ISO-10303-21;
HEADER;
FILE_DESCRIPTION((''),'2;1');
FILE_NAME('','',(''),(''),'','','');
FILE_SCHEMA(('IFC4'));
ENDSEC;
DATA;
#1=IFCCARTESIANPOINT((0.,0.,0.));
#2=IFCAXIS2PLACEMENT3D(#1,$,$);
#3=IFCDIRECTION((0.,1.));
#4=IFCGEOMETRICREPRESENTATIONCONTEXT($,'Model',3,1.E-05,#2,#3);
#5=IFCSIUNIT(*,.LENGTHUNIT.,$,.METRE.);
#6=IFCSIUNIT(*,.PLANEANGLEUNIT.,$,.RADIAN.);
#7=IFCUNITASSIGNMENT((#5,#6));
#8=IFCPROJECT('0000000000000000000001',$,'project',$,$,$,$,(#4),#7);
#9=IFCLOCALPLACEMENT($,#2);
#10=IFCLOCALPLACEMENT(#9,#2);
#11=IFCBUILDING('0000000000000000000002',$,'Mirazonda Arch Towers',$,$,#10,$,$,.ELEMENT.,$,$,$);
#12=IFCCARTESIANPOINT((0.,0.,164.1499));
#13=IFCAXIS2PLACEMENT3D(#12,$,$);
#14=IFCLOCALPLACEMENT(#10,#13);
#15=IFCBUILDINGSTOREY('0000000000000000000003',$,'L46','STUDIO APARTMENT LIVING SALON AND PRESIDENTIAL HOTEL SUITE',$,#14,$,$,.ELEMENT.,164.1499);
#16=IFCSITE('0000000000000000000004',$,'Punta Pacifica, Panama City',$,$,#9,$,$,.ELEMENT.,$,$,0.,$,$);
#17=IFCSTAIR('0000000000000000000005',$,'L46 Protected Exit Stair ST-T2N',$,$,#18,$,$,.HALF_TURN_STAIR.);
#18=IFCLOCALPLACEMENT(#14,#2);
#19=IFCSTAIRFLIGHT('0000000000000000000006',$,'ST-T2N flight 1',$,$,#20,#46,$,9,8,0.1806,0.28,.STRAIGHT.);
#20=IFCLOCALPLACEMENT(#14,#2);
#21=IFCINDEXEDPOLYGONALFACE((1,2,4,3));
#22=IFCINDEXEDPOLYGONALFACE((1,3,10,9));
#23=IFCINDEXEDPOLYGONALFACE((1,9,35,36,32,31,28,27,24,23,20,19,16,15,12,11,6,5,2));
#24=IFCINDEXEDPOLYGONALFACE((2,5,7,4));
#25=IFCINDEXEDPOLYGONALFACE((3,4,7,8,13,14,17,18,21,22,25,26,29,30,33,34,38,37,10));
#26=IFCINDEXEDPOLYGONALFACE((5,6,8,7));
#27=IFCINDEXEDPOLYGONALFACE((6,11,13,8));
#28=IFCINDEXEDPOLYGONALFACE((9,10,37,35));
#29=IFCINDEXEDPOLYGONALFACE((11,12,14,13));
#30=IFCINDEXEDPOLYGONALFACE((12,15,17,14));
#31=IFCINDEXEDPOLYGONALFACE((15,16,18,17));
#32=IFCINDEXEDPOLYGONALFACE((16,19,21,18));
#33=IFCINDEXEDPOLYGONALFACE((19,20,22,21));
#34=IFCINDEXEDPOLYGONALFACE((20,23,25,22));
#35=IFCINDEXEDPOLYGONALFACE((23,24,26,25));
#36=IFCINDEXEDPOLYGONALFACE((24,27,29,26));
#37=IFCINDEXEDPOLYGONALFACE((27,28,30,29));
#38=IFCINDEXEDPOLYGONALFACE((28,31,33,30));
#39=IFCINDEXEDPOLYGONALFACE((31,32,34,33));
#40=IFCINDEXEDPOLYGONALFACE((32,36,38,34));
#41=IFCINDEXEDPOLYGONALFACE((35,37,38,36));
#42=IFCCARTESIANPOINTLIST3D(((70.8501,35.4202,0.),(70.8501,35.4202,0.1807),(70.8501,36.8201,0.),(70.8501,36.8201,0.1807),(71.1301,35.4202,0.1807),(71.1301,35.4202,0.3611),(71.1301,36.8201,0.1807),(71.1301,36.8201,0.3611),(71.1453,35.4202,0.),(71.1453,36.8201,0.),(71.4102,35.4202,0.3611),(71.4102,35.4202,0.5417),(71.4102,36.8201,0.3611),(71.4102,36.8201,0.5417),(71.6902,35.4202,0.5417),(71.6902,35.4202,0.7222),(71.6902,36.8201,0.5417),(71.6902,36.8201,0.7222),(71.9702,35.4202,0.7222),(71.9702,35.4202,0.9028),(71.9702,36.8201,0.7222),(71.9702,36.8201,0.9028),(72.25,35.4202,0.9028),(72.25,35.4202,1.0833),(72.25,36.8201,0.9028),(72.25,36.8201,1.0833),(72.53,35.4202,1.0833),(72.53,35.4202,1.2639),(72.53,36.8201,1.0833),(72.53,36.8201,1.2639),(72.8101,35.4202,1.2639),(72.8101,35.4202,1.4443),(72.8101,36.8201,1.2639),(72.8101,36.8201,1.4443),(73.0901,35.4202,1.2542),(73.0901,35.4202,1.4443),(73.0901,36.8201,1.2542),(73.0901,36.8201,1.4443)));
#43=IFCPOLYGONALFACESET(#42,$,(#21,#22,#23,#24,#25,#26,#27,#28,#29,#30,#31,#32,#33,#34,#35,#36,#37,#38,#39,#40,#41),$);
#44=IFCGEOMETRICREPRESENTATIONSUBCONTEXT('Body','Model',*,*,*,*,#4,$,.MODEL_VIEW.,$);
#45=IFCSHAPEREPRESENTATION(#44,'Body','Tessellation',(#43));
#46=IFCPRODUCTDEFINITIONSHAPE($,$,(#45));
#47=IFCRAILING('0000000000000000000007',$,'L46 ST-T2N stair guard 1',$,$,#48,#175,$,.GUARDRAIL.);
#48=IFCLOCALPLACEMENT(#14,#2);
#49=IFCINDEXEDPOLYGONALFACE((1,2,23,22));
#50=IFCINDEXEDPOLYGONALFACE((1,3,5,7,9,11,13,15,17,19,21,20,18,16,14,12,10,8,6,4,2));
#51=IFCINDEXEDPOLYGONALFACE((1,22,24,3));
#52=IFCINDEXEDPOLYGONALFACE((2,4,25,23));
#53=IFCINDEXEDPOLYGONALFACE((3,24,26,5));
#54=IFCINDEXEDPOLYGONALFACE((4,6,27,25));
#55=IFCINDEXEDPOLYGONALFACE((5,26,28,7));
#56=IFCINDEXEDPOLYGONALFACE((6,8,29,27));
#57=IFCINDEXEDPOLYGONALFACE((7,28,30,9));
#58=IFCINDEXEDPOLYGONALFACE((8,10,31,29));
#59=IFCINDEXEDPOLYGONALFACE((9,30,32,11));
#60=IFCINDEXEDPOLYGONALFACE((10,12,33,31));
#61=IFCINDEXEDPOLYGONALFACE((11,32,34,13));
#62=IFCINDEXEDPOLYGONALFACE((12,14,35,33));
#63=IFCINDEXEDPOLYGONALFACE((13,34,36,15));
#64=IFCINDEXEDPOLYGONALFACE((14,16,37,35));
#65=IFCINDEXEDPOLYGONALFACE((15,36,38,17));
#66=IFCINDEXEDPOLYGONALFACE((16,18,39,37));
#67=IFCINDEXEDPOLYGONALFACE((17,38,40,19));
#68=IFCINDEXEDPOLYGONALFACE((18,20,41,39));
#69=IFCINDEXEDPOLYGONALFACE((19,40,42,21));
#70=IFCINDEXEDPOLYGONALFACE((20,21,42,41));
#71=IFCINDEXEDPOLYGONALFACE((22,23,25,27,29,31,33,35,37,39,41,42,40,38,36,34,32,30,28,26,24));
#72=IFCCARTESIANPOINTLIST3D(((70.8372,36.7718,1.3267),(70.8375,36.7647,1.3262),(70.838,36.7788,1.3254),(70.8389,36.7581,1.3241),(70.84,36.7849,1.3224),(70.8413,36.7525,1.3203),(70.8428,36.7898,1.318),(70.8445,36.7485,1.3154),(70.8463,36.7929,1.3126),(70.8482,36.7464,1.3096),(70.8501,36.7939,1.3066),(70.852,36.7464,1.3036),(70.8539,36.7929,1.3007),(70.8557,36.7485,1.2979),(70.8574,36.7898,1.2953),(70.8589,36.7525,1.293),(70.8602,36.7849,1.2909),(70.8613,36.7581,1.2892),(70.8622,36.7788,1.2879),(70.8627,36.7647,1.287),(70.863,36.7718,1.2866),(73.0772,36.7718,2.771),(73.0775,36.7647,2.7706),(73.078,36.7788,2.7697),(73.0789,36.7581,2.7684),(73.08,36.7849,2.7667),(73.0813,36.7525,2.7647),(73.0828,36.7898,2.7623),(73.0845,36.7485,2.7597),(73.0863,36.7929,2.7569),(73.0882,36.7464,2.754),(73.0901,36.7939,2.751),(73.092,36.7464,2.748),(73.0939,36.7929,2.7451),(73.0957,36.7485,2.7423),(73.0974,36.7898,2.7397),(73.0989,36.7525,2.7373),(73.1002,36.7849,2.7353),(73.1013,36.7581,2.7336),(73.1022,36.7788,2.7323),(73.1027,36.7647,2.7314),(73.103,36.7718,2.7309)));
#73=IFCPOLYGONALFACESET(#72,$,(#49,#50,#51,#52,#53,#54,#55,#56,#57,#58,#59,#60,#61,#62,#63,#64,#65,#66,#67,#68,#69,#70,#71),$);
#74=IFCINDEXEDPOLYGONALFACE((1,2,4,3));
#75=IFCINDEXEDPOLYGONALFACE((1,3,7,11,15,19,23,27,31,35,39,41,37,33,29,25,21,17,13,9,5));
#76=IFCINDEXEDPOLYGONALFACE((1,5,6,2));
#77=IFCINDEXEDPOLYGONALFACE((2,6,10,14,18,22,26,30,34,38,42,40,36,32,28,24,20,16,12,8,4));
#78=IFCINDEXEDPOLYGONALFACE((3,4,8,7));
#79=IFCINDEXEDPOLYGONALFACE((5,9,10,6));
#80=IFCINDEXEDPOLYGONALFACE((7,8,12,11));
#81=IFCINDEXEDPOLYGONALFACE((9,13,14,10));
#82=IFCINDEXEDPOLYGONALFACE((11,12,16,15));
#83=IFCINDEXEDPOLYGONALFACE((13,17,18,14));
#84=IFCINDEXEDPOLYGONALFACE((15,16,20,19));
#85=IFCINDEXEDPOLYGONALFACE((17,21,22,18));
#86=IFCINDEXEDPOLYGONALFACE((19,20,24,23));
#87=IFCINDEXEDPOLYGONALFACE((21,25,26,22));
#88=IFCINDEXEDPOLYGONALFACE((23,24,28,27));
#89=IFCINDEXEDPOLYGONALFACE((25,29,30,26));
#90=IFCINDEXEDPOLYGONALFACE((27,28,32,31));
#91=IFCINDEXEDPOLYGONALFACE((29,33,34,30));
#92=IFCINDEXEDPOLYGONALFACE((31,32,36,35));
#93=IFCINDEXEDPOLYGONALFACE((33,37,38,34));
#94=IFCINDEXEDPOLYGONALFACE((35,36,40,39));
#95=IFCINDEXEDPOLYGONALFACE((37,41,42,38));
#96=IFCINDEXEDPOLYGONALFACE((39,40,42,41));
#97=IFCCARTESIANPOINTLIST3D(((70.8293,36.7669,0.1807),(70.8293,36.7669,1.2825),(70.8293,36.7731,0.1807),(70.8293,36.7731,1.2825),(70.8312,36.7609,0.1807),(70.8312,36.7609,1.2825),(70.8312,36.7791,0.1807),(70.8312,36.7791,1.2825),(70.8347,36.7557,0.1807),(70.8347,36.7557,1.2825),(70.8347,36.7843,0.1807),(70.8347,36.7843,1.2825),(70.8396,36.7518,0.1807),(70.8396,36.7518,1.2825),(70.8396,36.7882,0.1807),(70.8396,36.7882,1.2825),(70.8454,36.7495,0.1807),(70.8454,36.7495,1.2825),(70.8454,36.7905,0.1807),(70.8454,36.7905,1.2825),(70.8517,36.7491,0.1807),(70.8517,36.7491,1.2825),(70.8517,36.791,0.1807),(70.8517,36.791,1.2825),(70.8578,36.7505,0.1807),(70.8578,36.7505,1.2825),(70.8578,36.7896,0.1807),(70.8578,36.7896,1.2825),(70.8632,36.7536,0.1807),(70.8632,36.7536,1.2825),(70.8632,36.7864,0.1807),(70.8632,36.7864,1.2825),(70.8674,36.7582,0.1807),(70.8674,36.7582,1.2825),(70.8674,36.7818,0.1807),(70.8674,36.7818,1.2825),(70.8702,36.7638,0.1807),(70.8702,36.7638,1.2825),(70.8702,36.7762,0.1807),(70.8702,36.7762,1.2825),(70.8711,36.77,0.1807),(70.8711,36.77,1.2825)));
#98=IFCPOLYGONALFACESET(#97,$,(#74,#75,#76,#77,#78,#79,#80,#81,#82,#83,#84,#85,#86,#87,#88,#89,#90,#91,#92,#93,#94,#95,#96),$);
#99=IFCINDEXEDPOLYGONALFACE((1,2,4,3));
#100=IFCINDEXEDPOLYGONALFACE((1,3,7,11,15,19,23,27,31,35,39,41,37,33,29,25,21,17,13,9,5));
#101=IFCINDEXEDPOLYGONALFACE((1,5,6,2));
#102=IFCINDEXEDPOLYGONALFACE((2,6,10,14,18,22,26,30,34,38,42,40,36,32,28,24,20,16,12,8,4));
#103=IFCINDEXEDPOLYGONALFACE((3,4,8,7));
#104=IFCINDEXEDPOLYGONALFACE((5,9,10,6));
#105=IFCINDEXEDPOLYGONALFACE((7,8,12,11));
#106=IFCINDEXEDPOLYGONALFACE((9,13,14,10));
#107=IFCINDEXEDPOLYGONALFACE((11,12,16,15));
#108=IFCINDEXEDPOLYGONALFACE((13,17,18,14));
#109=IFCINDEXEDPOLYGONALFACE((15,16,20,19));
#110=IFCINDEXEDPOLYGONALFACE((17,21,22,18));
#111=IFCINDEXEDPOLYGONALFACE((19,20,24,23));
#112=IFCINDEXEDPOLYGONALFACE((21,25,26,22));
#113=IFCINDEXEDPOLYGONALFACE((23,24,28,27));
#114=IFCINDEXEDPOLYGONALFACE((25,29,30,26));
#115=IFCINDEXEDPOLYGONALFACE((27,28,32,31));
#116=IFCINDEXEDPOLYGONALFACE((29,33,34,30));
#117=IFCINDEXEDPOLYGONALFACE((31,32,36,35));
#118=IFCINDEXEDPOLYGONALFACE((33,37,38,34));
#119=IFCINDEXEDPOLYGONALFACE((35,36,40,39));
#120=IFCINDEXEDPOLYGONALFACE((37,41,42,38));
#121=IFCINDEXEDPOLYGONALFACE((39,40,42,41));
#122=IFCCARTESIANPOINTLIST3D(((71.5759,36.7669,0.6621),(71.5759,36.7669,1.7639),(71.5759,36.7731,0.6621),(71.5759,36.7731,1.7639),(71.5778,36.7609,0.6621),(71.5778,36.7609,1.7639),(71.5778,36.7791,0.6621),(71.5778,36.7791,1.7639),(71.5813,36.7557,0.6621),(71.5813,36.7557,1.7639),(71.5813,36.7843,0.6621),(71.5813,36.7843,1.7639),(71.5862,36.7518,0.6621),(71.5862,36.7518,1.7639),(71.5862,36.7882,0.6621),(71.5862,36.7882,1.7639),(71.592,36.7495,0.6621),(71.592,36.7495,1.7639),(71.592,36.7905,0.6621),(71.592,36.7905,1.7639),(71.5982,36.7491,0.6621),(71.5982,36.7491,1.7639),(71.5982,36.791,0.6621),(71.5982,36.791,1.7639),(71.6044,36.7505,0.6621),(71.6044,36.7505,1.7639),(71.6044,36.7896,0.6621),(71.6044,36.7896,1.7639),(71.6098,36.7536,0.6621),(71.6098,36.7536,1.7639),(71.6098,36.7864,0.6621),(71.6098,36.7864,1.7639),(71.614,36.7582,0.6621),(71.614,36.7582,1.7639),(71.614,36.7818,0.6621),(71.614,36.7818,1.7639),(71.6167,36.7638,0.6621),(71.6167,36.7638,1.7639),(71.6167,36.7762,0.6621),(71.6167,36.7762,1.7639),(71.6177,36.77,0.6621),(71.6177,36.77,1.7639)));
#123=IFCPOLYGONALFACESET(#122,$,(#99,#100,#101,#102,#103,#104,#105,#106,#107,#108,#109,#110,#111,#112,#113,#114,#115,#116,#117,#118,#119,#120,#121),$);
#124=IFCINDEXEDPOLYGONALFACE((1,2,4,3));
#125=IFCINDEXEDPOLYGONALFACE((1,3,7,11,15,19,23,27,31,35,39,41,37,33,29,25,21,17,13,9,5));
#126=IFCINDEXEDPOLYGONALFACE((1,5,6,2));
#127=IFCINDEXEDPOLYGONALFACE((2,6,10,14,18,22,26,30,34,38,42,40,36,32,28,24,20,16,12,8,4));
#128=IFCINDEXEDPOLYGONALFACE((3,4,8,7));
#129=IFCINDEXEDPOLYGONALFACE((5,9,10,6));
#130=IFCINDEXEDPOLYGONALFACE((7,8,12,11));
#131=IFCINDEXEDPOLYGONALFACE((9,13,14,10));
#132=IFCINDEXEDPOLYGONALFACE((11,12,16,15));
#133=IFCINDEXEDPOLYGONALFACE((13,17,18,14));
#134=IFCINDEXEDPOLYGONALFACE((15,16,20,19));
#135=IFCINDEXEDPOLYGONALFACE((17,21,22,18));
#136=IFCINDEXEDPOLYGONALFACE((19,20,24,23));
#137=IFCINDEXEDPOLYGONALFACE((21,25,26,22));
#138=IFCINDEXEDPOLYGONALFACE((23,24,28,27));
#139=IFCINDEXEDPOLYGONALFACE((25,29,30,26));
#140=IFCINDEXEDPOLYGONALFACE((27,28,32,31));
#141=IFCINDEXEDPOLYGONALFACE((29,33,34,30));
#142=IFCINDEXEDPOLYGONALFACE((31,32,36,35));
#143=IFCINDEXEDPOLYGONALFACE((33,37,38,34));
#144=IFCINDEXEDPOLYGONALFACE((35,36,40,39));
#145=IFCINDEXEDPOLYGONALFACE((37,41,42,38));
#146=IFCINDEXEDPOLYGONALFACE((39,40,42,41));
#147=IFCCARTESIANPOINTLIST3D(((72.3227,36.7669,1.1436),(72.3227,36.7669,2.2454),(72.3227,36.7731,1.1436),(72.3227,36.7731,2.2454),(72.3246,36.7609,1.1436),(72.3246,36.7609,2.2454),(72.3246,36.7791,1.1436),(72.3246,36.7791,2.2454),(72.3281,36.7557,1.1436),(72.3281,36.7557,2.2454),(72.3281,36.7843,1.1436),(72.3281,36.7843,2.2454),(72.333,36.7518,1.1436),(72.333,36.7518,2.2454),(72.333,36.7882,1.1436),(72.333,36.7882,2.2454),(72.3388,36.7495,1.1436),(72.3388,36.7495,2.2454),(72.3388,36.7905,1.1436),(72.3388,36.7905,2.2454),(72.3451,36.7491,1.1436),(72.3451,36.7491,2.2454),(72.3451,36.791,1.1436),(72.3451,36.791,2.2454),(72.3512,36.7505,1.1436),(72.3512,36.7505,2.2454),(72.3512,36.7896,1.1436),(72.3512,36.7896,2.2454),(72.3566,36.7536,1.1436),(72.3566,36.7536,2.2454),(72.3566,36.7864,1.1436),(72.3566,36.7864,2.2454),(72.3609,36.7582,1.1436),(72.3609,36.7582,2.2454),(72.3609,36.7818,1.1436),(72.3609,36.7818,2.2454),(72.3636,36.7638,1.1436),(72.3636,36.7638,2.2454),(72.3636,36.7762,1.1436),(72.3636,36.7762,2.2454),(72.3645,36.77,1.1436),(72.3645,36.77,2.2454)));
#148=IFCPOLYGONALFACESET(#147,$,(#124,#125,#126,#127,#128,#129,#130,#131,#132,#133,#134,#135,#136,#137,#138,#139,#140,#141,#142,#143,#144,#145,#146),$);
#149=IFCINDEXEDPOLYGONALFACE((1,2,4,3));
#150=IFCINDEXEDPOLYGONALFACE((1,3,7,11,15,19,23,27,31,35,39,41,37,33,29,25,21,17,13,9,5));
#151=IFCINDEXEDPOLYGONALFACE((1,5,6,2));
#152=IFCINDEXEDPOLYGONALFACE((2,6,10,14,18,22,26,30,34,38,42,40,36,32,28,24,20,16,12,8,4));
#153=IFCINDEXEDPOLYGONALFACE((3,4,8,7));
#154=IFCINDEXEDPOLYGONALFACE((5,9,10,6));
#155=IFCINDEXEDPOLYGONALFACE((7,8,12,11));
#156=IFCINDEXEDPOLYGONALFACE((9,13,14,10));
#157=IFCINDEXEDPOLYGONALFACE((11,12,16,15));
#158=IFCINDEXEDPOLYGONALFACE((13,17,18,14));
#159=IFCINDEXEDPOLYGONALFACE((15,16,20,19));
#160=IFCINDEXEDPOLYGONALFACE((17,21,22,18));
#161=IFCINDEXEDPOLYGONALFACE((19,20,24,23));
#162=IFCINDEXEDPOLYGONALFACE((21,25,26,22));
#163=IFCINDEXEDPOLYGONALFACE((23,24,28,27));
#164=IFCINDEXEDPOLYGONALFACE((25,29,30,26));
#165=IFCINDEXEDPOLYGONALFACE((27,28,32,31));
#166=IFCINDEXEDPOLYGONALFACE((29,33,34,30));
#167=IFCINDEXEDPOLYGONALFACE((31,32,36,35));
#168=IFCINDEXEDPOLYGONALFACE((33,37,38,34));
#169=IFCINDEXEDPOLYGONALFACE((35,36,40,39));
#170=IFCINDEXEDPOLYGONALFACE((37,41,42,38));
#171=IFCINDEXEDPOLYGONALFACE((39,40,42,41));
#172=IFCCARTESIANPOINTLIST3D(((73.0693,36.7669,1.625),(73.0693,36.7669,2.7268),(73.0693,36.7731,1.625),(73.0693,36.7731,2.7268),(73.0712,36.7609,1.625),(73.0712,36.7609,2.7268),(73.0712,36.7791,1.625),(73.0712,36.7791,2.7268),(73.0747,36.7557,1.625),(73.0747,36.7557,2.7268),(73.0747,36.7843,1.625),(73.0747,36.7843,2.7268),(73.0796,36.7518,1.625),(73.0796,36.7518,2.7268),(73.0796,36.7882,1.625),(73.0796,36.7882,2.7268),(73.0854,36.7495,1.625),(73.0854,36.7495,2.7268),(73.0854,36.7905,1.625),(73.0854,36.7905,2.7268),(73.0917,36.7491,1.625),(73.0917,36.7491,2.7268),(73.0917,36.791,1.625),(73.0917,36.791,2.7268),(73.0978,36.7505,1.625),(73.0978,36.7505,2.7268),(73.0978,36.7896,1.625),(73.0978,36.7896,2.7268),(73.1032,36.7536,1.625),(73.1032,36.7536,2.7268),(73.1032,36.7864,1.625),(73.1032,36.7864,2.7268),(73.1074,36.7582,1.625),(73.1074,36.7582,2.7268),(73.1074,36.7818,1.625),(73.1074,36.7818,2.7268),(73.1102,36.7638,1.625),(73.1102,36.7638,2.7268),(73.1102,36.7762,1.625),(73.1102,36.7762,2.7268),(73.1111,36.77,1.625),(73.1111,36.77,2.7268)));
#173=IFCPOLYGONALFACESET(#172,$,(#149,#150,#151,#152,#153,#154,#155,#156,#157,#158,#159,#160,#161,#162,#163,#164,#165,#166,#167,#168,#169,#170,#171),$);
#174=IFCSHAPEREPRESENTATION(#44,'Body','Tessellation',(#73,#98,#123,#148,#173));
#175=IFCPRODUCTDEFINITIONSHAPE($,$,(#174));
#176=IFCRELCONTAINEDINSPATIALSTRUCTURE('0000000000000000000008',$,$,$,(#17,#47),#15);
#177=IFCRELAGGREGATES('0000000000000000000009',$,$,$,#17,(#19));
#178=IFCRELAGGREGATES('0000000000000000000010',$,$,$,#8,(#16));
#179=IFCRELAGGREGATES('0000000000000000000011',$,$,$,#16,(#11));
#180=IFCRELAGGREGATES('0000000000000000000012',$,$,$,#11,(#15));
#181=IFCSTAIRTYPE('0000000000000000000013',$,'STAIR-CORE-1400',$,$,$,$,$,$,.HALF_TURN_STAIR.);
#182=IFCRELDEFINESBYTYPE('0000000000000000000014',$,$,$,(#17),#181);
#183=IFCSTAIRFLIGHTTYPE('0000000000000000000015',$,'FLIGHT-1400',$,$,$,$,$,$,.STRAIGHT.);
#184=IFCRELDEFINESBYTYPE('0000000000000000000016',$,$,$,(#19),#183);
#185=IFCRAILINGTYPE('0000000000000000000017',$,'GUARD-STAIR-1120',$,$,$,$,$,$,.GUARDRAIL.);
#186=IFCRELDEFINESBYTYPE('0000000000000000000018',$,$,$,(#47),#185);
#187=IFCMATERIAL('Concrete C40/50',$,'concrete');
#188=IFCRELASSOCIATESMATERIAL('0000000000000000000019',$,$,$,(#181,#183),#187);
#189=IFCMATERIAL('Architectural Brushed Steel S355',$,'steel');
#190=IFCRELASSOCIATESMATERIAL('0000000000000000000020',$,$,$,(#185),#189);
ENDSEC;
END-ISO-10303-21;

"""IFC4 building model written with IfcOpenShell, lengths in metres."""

from ifc_helpers import new_model, si_unit, direction, frame, origin, origin_2d, place, context, subcontext, project, spatial, polyline, circle, outline, extrude, material, type_object, element, aggregate, save


model = new_model("IFC4")

# Units and contexts
model_context = context("Model", 3, precision=1e-05, world=origin(), true_north=direction((0.0, 1.0)))
body_context = subcontext(model_context, "Body", "Model", "MODEL_VIEW")
ifc_project = project(units=[si_unit("LENGTHUNIT", "METRE"), si_unit("PLANEANGLEUNIT", "RADIAN")], contexts=[model_context])

# Site, building, storey
site_placement = place(None, origin())
site = spatial("IfcSite", under=ifc_project, at=site_placement, Name="Punta Pacifica, Panama City", CompositionType="ELEMENT", RefElevation=0.0)
building_placement = place(site_placement, origin())
building = spatial("IfcBuilding", under=site, at=building_placement, Name="Mirazonda Arch Towers", CompositionType="ELEMENT")
storey_placement = place(building_placement, frame((0.0, 0.0, 164.1499)))
storey = spatial("IfcBuildingStorey", under=building, at=storey_placement, Name="L46", Description="STUDIO APARTMENT LIVING SALON AND PRESIDENTIAL HOTEL SUITE", CompositionType="ELEMENT", Elevation=164.1499)

# Stair, stair flight
ifc_material_1 = material(Name="Concrete C40/50", Category="concrete")
stair_type = type_object("IfcStairType", Name="STAIR-CORE-1400", PredefinedType="HALF_TURN_STAIR", material=ifc_material_1)
stair_placement = place(storey_placement, origin())
stair = element("IfcStair", 1, at=stair_placement, inside=storey, type_object=stair_type, Name="L46 Protected Exit Stair ST-T2N", PredefinedType="HALF_TURN_STAIR")
stair_flight_type = type_object("IfcStairFlightType", Name="FLIGHT-1400", PredefinedType="STRAIGHT", material=ifc_material_1)
stair_flight_placement = place(storey_placement, frame((70.8501, 36.1201, 0.0), z_axis=(0.0, 0.0, 1.0), x_axis=(1.0, 0.0, 0.0)))
stair_flight = element("IfcStairFlight", 2, at=stair_flight_placement, type_object=stair_flight_type, Name="ST-T2N flight 1", NumberOfRisers=9, NumberOfTreads=8, PredefinedType="STRAIGHT", RiserHeight=0.1806, TreadLength=0.28, context=body_context, shape_type="SweptSolid", body=[
    extrude(outline(polyline([(0.0, 0.0), (0.0, 0.1807), (0.28, 0.1807), (0.28, 0.3611), (0.5601, 0.3611), (0.5601, 0.5417), (0.8401, 0.5417), (0.8401, 0.7222), (1.1201, 0.7222), (1.1201, 0.9028), (1.3999, 0.9028), (1.3999, 1.0833), (1.6799, 1.0833), (1.6799, 1.2639), (1.96, 1.2639), (1.96, 1.4443), (2.24, 1.4443), (2.24, 1.625), (2.24, 1.2542), (0.2952, 0.0), (0.0, 0.0)])), frame((0.0, 0.7, 0.0), z_axis=(0.0, -1.0, 0.0), x_axis=(1.0, 0.0, 0.0)), (0.0, 0.0, 1.0), 1.3999),
])
aggregate(stair, [stair_flight])

# Railing
ifc_material_2 = material(Name="Architectural Brushed Steel S355", Category="steel")
railing_type_1 = type_object("IfcRailingType", Name="GUARD-STAIR-1120", PredefinedType="GUARDRAIL", material=ifc_material_2)
railing_1_placement = place(storey_placement, frame((70.8501, 36.77, 0.1807)))
element("IfcRailing", 3, at=railing_1_placement, inside=storey, type_object=railing_type_1, Name="L46 ST-T2N stair guard 1", PredefinedType="GUARDRAIL", context=body_context, shape_type="SweptSolid", body=[
    extrude(circle(Radius=0.0239, at=origin_2d()), frame((0.0, 0.0, 1.126), z_axis=(0.840437, 0.0, 0.54191), x_axis=(0.0, 1.0, 0.0)), (0.0, 0.0, 1.0), 2.6653),
    extrude(circle(Radius=0.021, at=origin_2d()), origin(), (0.0, 0.0, 1.0), 1.1018),
    extrude(circle(Radius=0.021, at=origin_2d()), frame((0.7466, 0.0, 0.4814)), (0.0, 0.0, 1.0), 1.1018),
    extrude(circle(Radius=0.021, at=origin_2d()), frame((1.4934, 0.0, 0.9629)), (0.0, 0.0, 1.0), 1.1018),
    extrude(circle(Radius=0.021, at=origin_2d()), frame((2.24, 0.0, 1.4443)), (0.0, 0.0, 1.0), 1.1018),
])

save(model, "model.ifc")
